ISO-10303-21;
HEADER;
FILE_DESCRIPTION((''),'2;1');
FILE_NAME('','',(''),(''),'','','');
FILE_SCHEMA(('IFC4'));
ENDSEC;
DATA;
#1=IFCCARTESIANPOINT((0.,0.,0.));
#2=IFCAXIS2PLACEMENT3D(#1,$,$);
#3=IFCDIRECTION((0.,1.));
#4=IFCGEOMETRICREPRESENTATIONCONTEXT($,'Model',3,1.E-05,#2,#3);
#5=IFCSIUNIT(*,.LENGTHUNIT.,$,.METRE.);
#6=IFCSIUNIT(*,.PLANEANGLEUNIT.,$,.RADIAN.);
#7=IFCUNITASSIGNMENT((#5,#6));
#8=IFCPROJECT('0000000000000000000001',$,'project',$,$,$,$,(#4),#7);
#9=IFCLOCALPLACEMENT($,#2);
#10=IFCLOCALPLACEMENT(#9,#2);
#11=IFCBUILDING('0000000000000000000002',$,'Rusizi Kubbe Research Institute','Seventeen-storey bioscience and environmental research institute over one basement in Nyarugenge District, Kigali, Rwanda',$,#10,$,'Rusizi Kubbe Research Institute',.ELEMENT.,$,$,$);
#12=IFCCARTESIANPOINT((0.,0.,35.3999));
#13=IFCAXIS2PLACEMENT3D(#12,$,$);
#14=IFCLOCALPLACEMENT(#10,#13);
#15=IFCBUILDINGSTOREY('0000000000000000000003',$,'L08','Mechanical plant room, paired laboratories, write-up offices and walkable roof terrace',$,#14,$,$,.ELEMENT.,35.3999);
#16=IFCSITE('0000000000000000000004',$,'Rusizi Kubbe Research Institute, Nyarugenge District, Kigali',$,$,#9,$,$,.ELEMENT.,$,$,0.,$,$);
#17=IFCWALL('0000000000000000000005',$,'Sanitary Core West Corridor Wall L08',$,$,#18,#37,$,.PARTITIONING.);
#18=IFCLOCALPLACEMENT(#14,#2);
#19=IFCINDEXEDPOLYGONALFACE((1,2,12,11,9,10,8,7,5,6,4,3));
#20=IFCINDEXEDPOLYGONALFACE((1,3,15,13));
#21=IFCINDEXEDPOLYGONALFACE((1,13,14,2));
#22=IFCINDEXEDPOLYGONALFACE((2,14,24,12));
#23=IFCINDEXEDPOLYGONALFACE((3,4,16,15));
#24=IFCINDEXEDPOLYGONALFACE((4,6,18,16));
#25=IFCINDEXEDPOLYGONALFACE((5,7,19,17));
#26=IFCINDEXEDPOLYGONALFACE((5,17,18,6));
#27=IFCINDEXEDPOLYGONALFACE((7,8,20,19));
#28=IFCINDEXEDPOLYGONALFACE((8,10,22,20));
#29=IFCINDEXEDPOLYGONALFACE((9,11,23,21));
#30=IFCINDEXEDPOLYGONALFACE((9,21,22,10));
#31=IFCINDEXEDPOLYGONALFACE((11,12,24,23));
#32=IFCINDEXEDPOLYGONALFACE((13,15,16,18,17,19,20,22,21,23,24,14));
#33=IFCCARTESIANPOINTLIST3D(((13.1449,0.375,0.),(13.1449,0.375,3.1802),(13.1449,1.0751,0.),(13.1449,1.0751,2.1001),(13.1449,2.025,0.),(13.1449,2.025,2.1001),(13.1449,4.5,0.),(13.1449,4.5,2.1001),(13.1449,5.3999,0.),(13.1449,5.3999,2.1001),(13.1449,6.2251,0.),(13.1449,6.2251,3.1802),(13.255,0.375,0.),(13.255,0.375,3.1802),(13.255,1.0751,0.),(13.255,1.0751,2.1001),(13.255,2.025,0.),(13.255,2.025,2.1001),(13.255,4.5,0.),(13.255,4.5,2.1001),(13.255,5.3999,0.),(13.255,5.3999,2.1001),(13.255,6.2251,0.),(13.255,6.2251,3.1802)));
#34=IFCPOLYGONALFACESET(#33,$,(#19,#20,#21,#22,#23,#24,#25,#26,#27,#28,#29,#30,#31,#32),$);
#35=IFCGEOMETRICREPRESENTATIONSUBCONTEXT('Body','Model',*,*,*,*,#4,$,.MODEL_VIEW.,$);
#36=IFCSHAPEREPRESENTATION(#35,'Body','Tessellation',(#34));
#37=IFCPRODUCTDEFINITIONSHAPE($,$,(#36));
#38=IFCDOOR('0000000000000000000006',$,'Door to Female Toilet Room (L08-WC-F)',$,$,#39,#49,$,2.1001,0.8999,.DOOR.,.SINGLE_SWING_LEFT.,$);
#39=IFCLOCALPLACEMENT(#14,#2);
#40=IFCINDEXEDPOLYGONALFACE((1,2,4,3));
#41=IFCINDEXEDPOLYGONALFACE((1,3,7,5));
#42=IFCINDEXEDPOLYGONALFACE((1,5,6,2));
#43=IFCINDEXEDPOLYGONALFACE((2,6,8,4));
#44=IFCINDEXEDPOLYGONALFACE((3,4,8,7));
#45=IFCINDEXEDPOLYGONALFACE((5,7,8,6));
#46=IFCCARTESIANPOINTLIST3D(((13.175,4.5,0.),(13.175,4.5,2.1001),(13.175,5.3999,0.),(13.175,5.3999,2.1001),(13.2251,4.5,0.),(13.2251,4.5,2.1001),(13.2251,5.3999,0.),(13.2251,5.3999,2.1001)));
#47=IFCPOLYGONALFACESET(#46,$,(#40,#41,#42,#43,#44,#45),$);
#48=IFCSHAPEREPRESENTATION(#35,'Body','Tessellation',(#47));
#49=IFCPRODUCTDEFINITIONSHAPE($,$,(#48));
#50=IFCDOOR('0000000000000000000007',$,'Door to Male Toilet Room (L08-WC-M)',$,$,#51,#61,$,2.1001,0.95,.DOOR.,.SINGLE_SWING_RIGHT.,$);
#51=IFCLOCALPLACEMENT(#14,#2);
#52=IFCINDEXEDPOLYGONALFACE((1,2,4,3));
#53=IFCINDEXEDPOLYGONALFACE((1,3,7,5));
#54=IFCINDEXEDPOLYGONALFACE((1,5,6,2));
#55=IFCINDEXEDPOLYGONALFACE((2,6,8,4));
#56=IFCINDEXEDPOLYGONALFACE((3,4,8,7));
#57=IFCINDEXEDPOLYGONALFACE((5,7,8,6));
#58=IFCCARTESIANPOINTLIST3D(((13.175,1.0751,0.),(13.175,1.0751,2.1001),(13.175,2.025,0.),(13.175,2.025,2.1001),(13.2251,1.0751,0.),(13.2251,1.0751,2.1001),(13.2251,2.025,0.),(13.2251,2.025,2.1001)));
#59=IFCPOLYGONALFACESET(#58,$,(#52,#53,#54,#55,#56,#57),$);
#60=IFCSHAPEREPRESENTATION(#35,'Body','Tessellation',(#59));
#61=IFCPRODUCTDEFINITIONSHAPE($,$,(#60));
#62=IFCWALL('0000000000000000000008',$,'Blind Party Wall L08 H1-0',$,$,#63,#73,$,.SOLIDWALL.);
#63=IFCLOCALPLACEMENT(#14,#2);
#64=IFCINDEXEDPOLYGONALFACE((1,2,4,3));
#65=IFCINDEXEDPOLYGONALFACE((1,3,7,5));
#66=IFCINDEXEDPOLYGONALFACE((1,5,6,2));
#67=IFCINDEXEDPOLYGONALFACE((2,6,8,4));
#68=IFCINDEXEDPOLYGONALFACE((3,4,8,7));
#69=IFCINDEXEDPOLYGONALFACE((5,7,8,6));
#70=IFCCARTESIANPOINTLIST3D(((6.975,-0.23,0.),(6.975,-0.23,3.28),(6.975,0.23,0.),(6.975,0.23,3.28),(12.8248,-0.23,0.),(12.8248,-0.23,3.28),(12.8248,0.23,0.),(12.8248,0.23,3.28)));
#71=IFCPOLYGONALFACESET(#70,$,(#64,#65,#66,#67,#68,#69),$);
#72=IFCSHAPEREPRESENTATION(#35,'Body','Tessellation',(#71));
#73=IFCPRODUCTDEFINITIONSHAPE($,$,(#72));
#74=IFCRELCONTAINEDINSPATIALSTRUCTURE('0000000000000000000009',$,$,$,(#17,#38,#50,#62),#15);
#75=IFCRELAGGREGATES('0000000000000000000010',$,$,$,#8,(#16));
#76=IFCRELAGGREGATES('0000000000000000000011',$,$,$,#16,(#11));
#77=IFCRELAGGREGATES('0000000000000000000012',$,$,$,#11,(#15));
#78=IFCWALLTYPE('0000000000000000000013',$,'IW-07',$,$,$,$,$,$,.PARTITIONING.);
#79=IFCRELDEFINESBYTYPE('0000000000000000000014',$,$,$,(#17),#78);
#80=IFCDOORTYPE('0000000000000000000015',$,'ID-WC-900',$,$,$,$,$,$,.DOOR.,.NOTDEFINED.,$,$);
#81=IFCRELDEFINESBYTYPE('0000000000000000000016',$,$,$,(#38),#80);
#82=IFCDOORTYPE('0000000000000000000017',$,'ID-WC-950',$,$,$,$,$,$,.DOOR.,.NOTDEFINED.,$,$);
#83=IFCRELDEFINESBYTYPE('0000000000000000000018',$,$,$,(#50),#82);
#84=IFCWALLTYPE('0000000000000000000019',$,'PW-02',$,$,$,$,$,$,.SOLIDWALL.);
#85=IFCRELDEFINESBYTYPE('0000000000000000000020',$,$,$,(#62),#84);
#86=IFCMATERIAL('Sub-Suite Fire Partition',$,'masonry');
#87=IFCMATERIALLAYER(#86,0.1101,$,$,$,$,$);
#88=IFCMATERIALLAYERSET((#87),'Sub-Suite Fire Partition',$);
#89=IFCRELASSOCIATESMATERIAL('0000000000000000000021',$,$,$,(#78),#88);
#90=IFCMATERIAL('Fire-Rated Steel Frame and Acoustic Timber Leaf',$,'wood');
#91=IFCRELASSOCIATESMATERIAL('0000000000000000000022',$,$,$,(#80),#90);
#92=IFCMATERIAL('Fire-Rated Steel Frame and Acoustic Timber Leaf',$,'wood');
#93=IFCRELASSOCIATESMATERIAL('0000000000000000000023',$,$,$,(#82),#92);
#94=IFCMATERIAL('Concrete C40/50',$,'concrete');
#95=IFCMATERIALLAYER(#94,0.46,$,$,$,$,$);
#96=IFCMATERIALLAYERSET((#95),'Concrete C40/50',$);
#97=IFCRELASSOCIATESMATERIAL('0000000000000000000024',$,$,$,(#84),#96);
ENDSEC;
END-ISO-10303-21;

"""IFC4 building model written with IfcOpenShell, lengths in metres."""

from ifc_helpers import new_model, si_unit, direction, frame, frame_2d, origin, place, context, subcontext, project, spatial, rectangle, extrude, material, layer, layer_set, type_object, element, fill, save


model = new_model("IFC4")

# Units and contexts
model_context = context("Model", 3, precision=1e-05, world=origin(), true_north=direction((0.0, 1.0)))
body_context = subcontext(model_context, "Body", "Model", "MODEL_VIEW")
ifc_project = project(units=[si_unit("LENGTHUNIT", "METRE"), si_unit("PLANEANGLEUNIT", "RADIAN")], contexts=[model_context])

# Site, building, storey
site_placement = place(None, origin())
site = spatial("IfcSite", under=ifc_project, at=site_placement, Name="Rusizi Kubbe Research Institute, Nyarugenge District, Kigali", CompositionType="ELEMENT", RefElevation=0.0)
building_placement = place(site_placement, origin())
building = spatial("IfcBuilding", under=site, at=building_placement, Name="Rusizi Kubbe Research Institute", Description="Seventeen-storey bioscience and environmental research institute over one basement in Nyarugenge District, Kigali, Rwanda", LongName="Rusizi Kubbe Research Institute", CompositionType="ELEMENT")
storey_placement = place(building_placement, frame((0.0, 0.0, 35.3999)))
storey = spatial("IfcBuildingStorey", under=building, at=storey_placement, Name="L08", Description="Mechanical plant room, paired laboratories, write-up offices and walkable roof terrace", CompositionType="ELEMENT", Elevation=35.3999)

# Wall, openings, doors
ifc_material_1 = material(Name="Sub-Suite Fire Partition", Category="masonry")
ifc_layer_1 = layer(ifc_material_1, 0.1101)
ifc_layer_set_1 = layer_set([ifc_layer_1], Name="Sub-Suite Fire Partition")
wall_type_1 = type_object("IfcWallType", Name="IW-07", PredefinedType="PARTITIONING", material=ifc_layer_set_1)
wall_1_placement = place(storey_placement, frame((13.2, 0.375, 0.0), z_axis=(0.0, 0.0, 1.0), x_axis=(0.0, 1.0, 0.0)))
wall_1 = element("IfcWall", 1, at=wall_1_placement, inside=storey, type_object=wall_type_1, Name="Sanitary Core West Corridor Wall L08", PredefinedType="PARTITIONING", context=body_context, shape_type="SweptSolid", body=[
    extrude(rectangle(XDim=5.8501, YDim=0.1101, at=frame_2d((2.925, 0.0))), origin(), (0.0, 0.0, 1.0), 3.1802),
])
opening_1_placement = place(wall_1_placement, frame((0.7, 0.0, 0.0)))
opening_1 = element("IfcOpeningElement", 2, at=opening_1_placement, cuts=wall_1, PredefinedType="OPENING", context=body_context, shape_type="SweptSolid", body=[
    extrude(rectangle(XDim=0.95, YDim=2.1001, at=frame_2d((0.4751, 1.05))), frame((0.0, 0.0649, 0.0), z_axis=(0.0, -1.0, 0.0), x_axis=(1.0, 0.0, 0.0)), (0.0, 0.0, 1.0), 0.1301),
])
opening_2_placement = place(wall_1_placement, frame((4.125, 0.0, 0.0)))
opening_2 = element("IfcOpeningElement", 3, at=opening_2_placement, cuts=wall_1, PredefinedType="OPENING", context=body_context, shape_type="SweptSolid", body=[
    extrude(rectangle(XDim=0.8999, YDim=2.1001, at=frame_2d((0.45, 1.05))), frame((0.0, 0.0649, 0.0), z_axis=(0.0, -1.0, 0.0), x_axis=(1.0, 0.0, 0.0)), (0.0, 0.0, 1.0), 0.1301),
])
ifc_material_2 = material(Name="Fire-Rated Steel Frame and Acoustic Timber Leaf", Category="wood")
door_type_1 = type_object("IfcDoorType", Name="ID-WC-900", OperationType="NOTDEFINED", PredefinedType="DOOR", material=ifc_material_2)
door_1_placement = place(opening_2_placement, origin())
door_1 = element("IfcDoor", 4, at=door_1_placement, inside=storey, type_object=door_type_1, Name="Door to Female Toilet Room (L08-WC-F)", OperationType="SINGLE_SWING_LEFT", OverallHeight=2.1001, OverallWidth=0.8999, PredefinedType="DOOR", context=body_context, shape_type="SweptSolid", body=[
    extrude(rectangle(XDim=0.8999, YDim=2.1001, at=frame_2d((0.45, 1.05))), frame((0.0, 0.0249, 0.0), z_axis=(0.0, -1.0, 0.0), x_axis=(1.0, 0.0, 0.0)), (0.0, 0.0, 1.0), 0.05),
])
fill(opening_2, door_1)
ifc_material_3 = material(Name="Fire-Rated Steel Frame and Acoustic Timber Leaf", Category="wood")
door_type_2 = type_object("IfcDoorType", Name="ID-WC-950", OperationType="NOTDEFINED", PredefinedType="DOOR", material=ifc_material_3)
door_2_placement = place(opening_1_placement, origin())
door_2 = element("IfcDoor", 5, at=door_2_placement, inside=storey, type_object=door_type_2, Name="Door to Male Toilet Room (L08-WC-M)", OperationType="SINGLE_SWING_RIGHT", OverallHeight=2.1001, OverallWidth=0.95, PredefinedType="DOOR", context=body_context, shape_type="SweptSolid", body=[
    extrude(rectangle(XDim=0.95, YDim=2.1001, at=frame_2d((0.4751, 1.05))), frame((0.0, 0.0249, 0.0), z_axis=(0.0, -1.0, 0.0), x_axis=(1.0, 0.0, 0.0)), (0.0, 0.0, 1.0), 0.05),
])
fill(opening_1, door_2)

# Wall
ifc_material_4 = material(Name="Concrete C40/50", Category="concrete")
ifc_layer_2 = layer(ifc_material_4, 0.46)
ifc_layer_set_2 = layer_set([ifc_layer_2], Name="Concrete C40/50")
wall_type_2 = type_object("IfcWallType", Name="PW-02", PredefinedType="SOLIDWALL", material=ifc_layer_set_2)
wall_2_placement = place(storey_placement, frame((6.9751, 0.0, 0.0), z_axis=(0.0, 0.0, 1.0), x_axis=(1.0, 0.0, 0.0)))
element("IfcWall", 6, at=wall_2_placement, inside=storey, type_object=wall_type_2, Name="Blind Party Wall L08 H1-0", PredefinedType="SOLIDWALL", context=body_context, shape_type="SweptSolid", body=[
    extrude(rectangle(XDim=5.8499, YDim=0.46, at=frame_2d((2.9248, 0.0))), origin(), (0.0, 0.0, 1.0), 3.28),
])

save(model, "model.ifc")
